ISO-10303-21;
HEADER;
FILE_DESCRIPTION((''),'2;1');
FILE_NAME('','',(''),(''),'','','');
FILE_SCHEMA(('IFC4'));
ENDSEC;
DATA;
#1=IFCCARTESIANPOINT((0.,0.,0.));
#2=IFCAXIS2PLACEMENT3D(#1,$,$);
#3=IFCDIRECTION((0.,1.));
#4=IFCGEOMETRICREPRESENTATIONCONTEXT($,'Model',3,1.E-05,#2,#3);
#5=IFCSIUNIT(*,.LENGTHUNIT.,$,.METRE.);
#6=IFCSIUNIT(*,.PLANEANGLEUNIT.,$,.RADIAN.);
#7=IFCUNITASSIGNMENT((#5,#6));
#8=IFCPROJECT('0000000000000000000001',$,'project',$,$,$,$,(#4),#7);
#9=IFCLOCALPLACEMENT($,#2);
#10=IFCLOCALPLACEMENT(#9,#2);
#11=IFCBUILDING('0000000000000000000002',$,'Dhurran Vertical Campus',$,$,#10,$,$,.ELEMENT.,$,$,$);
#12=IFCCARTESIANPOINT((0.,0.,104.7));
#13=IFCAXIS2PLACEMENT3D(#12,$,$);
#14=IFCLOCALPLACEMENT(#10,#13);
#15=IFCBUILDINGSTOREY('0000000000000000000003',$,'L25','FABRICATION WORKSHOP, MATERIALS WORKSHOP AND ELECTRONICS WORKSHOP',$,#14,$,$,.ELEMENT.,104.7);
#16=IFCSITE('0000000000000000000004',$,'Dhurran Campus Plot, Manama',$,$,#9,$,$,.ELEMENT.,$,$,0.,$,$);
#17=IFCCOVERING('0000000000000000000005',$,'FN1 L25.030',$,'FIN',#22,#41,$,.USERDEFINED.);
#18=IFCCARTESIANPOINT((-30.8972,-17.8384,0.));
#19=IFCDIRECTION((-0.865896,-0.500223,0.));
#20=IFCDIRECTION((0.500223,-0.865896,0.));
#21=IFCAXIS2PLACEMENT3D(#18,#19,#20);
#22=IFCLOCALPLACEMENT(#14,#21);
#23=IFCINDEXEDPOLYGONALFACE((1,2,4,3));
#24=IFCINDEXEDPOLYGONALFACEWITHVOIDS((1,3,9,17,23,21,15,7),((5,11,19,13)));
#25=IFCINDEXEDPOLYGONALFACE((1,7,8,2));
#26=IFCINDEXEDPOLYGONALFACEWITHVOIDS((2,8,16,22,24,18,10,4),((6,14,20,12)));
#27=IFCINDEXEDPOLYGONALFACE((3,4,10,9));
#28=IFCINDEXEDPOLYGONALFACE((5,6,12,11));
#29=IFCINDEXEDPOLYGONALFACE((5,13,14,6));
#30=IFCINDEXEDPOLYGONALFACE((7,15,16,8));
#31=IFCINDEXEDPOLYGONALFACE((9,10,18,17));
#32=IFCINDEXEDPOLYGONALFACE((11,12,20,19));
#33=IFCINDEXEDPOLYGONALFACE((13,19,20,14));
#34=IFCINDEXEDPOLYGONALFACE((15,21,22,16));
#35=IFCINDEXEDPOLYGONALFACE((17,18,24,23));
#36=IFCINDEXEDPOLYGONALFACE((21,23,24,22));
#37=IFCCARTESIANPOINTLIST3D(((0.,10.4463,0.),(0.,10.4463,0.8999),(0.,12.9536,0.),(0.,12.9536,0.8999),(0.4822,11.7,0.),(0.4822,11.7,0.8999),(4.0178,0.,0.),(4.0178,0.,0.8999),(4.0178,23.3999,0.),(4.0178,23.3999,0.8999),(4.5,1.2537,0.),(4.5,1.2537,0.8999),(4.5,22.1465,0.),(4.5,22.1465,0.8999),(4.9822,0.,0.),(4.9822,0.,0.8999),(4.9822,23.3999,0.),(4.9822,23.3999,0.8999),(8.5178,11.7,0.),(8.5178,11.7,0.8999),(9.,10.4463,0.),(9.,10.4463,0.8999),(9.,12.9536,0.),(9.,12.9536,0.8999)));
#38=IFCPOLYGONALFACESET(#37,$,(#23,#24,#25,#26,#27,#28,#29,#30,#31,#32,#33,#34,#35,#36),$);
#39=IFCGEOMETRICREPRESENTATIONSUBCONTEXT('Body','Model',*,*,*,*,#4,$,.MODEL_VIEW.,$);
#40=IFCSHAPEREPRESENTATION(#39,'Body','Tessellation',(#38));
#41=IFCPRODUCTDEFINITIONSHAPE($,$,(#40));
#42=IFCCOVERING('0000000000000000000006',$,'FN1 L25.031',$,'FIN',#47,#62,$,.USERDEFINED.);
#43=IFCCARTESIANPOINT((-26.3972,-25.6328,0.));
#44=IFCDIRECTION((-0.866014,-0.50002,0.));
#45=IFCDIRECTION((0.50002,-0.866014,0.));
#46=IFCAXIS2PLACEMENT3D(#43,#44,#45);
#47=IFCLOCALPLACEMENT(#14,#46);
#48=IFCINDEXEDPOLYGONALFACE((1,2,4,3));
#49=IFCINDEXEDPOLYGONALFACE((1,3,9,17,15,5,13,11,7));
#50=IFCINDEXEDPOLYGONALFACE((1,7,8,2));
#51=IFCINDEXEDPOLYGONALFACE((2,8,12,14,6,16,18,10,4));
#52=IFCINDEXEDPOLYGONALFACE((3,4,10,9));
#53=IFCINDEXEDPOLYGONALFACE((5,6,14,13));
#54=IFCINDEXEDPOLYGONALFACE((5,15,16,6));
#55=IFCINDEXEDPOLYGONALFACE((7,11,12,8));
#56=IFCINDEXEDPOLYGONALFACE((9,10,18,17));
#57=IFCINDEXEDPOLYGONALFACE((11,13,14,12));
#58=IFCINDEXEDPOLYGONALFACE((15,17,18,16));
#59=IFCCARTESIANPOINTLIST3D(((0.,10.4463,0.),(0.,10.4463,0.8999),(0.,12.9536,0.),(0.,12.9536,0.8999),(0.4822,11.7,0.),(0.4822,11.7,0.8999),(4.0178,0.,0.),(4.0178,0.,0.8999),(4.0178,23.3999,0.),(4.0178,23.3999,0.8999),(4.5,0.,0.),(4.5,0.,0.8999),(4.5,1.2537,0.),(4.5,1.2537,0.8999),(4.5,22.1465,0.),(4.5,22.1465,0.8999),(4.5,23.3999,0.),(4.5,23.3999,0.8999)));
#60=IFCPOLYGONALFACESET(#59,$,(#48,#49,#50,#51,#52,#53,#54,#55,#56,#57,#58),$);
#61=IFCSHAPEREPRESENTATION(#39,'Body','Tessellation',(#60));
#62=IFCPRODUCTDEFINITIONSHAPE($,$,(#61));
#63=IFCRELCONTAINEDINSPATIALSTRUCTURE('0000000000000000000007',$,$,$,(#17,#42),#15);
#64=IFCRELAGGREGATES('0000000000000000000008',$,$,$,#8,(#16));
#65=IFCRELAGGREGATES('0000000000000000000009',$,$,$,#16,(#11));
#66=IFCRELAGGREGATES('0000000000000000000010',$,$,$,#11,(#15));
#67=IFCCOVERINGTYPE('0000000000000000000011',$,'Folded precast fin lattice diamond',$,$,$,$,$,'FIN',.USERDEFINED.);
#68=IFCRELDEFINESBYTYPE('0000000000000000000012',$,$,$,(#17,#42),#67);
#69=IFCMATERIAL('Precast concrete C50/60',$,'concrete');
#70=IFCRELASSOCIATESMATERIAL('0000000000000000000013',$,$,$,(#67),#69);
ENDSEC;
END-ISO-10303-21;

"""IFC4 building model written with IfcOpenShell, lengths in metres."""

from ifc_helpers import new_model, si_unit, direction, frame, origin, place, context, subcontext, project, spatial, polyline, outline, extrude, material, type_object, element, save


model = new_model("IFC4")

# Units and contexts
model_context = context("Model", 3, precision=1e-05, world=origin(), true_north=direction((0.0, 1.0)))
body_context = subcontext(model_context, "Body", "Model", "MODEL_VIEW")
ifc_project = project(units=[si_unit("LENGTHUNIT", "METRE"), si_unit("PLANEANGLEUNIT", "RADIAN")], contexts=[model_context])

# Site, building, storey
site_placement = place(None, origin())
site = spatial("IfcSite", under=ifc_project, at=site_placement, Name="Dhurran Campus Plot, Manama", CompositionType="ELEMENT", RefElevation=0.0)
building_placement = place(site_placement, origin())
building = spatial("IfcBuilding", under=site, at=building_placement, Name="Dhurran Vertical Campus", CompositionType="ELEMENT")
storey_placement = place(building_placement, frame((0.0, 0.0, 104.7)))
storey = spatial("IfcBuildingStorey", under=building, at=storey_placement, Name="L25", Description="FABRICATION WORKSHOP, MATERIALS WORKSHOP AND ELECTRONICS WORKSHOP", CompositionType="ELEMENT", Elevation=104.7)

# Coverings
ifc_material_1 = material(Name="Precast concrete C50/60", Category="concrete")
covering_type = type_object("IfcCoveringType", Name="Folded precast fin lattice diamond", ElementType="FIN", PredefinedType="USERDEFINED", material=ifc_material_1)
for number, where, z_axis, x_axis, name in (
    (1, (-30.8972, -17.8384, 0.0), (-0.865896, -0.500223, 0.0), (0.500223, -0.865896, 0.0), "FN1 L25.030"),
):
    element("IfcCovering", number, at=place(storey_placement, frame(where, z_axis=z_axis, x_axis=x_axis)), inside=storey, type_object=covering_type, Name=name, ObjectType="FIN", PredefinedType="USERDEFINED", context=body_context, shape_type="SweptSolid", body=[
        extrude(outline(polyline([(9.0, 12.9536), (9.0, 10.4463), (4.9822, 0.0), (4.0178, 0.0), (0.0, 10.4463), (0.0, 12.9536), (4.0178, 23.3999), (4.9822, 23.3999), (9.0, 12.9536)]), holes=[polyline([(8.5178, 11.7), (4.5, 22.1465), (0.4822, 11.7), (4.5, 1.2537), (8.5178, 11.7)])]), origin(), (0.0, 0.0, 1.0), 0.8999),
    ])
covering_1_placement = place(storey_placement, frame((-26.3972, -25.6328, 0.0), z_axis=(-0.866014, -0.50002, 0.0), x_axis=(0.50002, -0.866014, 0.0)))
element("IfcCovering", 2, at=covering_1_placement, inside=storey, type_object=covering_type, Name="FN1 L25.031", ObjectType="FIN", PredefinedType="USERDEFINED", context=body_context, shape_type="SweptSolid", body=[
    extrude(outline(polyline([(4.0178, 0.0), (0.0, 10.4463), (0.0, 12.9536), (4.0178, 23.3999), (4.5, 23.3999), (4.5, 22.1465), (0.4822, 11.7), (4.5, 1.2537), (4.5, 0.0), (4.0178, 0.0)])), origin(), (0.0, 0.0, 1.0), 0.8999),
])

save(model, "model.ifc")
